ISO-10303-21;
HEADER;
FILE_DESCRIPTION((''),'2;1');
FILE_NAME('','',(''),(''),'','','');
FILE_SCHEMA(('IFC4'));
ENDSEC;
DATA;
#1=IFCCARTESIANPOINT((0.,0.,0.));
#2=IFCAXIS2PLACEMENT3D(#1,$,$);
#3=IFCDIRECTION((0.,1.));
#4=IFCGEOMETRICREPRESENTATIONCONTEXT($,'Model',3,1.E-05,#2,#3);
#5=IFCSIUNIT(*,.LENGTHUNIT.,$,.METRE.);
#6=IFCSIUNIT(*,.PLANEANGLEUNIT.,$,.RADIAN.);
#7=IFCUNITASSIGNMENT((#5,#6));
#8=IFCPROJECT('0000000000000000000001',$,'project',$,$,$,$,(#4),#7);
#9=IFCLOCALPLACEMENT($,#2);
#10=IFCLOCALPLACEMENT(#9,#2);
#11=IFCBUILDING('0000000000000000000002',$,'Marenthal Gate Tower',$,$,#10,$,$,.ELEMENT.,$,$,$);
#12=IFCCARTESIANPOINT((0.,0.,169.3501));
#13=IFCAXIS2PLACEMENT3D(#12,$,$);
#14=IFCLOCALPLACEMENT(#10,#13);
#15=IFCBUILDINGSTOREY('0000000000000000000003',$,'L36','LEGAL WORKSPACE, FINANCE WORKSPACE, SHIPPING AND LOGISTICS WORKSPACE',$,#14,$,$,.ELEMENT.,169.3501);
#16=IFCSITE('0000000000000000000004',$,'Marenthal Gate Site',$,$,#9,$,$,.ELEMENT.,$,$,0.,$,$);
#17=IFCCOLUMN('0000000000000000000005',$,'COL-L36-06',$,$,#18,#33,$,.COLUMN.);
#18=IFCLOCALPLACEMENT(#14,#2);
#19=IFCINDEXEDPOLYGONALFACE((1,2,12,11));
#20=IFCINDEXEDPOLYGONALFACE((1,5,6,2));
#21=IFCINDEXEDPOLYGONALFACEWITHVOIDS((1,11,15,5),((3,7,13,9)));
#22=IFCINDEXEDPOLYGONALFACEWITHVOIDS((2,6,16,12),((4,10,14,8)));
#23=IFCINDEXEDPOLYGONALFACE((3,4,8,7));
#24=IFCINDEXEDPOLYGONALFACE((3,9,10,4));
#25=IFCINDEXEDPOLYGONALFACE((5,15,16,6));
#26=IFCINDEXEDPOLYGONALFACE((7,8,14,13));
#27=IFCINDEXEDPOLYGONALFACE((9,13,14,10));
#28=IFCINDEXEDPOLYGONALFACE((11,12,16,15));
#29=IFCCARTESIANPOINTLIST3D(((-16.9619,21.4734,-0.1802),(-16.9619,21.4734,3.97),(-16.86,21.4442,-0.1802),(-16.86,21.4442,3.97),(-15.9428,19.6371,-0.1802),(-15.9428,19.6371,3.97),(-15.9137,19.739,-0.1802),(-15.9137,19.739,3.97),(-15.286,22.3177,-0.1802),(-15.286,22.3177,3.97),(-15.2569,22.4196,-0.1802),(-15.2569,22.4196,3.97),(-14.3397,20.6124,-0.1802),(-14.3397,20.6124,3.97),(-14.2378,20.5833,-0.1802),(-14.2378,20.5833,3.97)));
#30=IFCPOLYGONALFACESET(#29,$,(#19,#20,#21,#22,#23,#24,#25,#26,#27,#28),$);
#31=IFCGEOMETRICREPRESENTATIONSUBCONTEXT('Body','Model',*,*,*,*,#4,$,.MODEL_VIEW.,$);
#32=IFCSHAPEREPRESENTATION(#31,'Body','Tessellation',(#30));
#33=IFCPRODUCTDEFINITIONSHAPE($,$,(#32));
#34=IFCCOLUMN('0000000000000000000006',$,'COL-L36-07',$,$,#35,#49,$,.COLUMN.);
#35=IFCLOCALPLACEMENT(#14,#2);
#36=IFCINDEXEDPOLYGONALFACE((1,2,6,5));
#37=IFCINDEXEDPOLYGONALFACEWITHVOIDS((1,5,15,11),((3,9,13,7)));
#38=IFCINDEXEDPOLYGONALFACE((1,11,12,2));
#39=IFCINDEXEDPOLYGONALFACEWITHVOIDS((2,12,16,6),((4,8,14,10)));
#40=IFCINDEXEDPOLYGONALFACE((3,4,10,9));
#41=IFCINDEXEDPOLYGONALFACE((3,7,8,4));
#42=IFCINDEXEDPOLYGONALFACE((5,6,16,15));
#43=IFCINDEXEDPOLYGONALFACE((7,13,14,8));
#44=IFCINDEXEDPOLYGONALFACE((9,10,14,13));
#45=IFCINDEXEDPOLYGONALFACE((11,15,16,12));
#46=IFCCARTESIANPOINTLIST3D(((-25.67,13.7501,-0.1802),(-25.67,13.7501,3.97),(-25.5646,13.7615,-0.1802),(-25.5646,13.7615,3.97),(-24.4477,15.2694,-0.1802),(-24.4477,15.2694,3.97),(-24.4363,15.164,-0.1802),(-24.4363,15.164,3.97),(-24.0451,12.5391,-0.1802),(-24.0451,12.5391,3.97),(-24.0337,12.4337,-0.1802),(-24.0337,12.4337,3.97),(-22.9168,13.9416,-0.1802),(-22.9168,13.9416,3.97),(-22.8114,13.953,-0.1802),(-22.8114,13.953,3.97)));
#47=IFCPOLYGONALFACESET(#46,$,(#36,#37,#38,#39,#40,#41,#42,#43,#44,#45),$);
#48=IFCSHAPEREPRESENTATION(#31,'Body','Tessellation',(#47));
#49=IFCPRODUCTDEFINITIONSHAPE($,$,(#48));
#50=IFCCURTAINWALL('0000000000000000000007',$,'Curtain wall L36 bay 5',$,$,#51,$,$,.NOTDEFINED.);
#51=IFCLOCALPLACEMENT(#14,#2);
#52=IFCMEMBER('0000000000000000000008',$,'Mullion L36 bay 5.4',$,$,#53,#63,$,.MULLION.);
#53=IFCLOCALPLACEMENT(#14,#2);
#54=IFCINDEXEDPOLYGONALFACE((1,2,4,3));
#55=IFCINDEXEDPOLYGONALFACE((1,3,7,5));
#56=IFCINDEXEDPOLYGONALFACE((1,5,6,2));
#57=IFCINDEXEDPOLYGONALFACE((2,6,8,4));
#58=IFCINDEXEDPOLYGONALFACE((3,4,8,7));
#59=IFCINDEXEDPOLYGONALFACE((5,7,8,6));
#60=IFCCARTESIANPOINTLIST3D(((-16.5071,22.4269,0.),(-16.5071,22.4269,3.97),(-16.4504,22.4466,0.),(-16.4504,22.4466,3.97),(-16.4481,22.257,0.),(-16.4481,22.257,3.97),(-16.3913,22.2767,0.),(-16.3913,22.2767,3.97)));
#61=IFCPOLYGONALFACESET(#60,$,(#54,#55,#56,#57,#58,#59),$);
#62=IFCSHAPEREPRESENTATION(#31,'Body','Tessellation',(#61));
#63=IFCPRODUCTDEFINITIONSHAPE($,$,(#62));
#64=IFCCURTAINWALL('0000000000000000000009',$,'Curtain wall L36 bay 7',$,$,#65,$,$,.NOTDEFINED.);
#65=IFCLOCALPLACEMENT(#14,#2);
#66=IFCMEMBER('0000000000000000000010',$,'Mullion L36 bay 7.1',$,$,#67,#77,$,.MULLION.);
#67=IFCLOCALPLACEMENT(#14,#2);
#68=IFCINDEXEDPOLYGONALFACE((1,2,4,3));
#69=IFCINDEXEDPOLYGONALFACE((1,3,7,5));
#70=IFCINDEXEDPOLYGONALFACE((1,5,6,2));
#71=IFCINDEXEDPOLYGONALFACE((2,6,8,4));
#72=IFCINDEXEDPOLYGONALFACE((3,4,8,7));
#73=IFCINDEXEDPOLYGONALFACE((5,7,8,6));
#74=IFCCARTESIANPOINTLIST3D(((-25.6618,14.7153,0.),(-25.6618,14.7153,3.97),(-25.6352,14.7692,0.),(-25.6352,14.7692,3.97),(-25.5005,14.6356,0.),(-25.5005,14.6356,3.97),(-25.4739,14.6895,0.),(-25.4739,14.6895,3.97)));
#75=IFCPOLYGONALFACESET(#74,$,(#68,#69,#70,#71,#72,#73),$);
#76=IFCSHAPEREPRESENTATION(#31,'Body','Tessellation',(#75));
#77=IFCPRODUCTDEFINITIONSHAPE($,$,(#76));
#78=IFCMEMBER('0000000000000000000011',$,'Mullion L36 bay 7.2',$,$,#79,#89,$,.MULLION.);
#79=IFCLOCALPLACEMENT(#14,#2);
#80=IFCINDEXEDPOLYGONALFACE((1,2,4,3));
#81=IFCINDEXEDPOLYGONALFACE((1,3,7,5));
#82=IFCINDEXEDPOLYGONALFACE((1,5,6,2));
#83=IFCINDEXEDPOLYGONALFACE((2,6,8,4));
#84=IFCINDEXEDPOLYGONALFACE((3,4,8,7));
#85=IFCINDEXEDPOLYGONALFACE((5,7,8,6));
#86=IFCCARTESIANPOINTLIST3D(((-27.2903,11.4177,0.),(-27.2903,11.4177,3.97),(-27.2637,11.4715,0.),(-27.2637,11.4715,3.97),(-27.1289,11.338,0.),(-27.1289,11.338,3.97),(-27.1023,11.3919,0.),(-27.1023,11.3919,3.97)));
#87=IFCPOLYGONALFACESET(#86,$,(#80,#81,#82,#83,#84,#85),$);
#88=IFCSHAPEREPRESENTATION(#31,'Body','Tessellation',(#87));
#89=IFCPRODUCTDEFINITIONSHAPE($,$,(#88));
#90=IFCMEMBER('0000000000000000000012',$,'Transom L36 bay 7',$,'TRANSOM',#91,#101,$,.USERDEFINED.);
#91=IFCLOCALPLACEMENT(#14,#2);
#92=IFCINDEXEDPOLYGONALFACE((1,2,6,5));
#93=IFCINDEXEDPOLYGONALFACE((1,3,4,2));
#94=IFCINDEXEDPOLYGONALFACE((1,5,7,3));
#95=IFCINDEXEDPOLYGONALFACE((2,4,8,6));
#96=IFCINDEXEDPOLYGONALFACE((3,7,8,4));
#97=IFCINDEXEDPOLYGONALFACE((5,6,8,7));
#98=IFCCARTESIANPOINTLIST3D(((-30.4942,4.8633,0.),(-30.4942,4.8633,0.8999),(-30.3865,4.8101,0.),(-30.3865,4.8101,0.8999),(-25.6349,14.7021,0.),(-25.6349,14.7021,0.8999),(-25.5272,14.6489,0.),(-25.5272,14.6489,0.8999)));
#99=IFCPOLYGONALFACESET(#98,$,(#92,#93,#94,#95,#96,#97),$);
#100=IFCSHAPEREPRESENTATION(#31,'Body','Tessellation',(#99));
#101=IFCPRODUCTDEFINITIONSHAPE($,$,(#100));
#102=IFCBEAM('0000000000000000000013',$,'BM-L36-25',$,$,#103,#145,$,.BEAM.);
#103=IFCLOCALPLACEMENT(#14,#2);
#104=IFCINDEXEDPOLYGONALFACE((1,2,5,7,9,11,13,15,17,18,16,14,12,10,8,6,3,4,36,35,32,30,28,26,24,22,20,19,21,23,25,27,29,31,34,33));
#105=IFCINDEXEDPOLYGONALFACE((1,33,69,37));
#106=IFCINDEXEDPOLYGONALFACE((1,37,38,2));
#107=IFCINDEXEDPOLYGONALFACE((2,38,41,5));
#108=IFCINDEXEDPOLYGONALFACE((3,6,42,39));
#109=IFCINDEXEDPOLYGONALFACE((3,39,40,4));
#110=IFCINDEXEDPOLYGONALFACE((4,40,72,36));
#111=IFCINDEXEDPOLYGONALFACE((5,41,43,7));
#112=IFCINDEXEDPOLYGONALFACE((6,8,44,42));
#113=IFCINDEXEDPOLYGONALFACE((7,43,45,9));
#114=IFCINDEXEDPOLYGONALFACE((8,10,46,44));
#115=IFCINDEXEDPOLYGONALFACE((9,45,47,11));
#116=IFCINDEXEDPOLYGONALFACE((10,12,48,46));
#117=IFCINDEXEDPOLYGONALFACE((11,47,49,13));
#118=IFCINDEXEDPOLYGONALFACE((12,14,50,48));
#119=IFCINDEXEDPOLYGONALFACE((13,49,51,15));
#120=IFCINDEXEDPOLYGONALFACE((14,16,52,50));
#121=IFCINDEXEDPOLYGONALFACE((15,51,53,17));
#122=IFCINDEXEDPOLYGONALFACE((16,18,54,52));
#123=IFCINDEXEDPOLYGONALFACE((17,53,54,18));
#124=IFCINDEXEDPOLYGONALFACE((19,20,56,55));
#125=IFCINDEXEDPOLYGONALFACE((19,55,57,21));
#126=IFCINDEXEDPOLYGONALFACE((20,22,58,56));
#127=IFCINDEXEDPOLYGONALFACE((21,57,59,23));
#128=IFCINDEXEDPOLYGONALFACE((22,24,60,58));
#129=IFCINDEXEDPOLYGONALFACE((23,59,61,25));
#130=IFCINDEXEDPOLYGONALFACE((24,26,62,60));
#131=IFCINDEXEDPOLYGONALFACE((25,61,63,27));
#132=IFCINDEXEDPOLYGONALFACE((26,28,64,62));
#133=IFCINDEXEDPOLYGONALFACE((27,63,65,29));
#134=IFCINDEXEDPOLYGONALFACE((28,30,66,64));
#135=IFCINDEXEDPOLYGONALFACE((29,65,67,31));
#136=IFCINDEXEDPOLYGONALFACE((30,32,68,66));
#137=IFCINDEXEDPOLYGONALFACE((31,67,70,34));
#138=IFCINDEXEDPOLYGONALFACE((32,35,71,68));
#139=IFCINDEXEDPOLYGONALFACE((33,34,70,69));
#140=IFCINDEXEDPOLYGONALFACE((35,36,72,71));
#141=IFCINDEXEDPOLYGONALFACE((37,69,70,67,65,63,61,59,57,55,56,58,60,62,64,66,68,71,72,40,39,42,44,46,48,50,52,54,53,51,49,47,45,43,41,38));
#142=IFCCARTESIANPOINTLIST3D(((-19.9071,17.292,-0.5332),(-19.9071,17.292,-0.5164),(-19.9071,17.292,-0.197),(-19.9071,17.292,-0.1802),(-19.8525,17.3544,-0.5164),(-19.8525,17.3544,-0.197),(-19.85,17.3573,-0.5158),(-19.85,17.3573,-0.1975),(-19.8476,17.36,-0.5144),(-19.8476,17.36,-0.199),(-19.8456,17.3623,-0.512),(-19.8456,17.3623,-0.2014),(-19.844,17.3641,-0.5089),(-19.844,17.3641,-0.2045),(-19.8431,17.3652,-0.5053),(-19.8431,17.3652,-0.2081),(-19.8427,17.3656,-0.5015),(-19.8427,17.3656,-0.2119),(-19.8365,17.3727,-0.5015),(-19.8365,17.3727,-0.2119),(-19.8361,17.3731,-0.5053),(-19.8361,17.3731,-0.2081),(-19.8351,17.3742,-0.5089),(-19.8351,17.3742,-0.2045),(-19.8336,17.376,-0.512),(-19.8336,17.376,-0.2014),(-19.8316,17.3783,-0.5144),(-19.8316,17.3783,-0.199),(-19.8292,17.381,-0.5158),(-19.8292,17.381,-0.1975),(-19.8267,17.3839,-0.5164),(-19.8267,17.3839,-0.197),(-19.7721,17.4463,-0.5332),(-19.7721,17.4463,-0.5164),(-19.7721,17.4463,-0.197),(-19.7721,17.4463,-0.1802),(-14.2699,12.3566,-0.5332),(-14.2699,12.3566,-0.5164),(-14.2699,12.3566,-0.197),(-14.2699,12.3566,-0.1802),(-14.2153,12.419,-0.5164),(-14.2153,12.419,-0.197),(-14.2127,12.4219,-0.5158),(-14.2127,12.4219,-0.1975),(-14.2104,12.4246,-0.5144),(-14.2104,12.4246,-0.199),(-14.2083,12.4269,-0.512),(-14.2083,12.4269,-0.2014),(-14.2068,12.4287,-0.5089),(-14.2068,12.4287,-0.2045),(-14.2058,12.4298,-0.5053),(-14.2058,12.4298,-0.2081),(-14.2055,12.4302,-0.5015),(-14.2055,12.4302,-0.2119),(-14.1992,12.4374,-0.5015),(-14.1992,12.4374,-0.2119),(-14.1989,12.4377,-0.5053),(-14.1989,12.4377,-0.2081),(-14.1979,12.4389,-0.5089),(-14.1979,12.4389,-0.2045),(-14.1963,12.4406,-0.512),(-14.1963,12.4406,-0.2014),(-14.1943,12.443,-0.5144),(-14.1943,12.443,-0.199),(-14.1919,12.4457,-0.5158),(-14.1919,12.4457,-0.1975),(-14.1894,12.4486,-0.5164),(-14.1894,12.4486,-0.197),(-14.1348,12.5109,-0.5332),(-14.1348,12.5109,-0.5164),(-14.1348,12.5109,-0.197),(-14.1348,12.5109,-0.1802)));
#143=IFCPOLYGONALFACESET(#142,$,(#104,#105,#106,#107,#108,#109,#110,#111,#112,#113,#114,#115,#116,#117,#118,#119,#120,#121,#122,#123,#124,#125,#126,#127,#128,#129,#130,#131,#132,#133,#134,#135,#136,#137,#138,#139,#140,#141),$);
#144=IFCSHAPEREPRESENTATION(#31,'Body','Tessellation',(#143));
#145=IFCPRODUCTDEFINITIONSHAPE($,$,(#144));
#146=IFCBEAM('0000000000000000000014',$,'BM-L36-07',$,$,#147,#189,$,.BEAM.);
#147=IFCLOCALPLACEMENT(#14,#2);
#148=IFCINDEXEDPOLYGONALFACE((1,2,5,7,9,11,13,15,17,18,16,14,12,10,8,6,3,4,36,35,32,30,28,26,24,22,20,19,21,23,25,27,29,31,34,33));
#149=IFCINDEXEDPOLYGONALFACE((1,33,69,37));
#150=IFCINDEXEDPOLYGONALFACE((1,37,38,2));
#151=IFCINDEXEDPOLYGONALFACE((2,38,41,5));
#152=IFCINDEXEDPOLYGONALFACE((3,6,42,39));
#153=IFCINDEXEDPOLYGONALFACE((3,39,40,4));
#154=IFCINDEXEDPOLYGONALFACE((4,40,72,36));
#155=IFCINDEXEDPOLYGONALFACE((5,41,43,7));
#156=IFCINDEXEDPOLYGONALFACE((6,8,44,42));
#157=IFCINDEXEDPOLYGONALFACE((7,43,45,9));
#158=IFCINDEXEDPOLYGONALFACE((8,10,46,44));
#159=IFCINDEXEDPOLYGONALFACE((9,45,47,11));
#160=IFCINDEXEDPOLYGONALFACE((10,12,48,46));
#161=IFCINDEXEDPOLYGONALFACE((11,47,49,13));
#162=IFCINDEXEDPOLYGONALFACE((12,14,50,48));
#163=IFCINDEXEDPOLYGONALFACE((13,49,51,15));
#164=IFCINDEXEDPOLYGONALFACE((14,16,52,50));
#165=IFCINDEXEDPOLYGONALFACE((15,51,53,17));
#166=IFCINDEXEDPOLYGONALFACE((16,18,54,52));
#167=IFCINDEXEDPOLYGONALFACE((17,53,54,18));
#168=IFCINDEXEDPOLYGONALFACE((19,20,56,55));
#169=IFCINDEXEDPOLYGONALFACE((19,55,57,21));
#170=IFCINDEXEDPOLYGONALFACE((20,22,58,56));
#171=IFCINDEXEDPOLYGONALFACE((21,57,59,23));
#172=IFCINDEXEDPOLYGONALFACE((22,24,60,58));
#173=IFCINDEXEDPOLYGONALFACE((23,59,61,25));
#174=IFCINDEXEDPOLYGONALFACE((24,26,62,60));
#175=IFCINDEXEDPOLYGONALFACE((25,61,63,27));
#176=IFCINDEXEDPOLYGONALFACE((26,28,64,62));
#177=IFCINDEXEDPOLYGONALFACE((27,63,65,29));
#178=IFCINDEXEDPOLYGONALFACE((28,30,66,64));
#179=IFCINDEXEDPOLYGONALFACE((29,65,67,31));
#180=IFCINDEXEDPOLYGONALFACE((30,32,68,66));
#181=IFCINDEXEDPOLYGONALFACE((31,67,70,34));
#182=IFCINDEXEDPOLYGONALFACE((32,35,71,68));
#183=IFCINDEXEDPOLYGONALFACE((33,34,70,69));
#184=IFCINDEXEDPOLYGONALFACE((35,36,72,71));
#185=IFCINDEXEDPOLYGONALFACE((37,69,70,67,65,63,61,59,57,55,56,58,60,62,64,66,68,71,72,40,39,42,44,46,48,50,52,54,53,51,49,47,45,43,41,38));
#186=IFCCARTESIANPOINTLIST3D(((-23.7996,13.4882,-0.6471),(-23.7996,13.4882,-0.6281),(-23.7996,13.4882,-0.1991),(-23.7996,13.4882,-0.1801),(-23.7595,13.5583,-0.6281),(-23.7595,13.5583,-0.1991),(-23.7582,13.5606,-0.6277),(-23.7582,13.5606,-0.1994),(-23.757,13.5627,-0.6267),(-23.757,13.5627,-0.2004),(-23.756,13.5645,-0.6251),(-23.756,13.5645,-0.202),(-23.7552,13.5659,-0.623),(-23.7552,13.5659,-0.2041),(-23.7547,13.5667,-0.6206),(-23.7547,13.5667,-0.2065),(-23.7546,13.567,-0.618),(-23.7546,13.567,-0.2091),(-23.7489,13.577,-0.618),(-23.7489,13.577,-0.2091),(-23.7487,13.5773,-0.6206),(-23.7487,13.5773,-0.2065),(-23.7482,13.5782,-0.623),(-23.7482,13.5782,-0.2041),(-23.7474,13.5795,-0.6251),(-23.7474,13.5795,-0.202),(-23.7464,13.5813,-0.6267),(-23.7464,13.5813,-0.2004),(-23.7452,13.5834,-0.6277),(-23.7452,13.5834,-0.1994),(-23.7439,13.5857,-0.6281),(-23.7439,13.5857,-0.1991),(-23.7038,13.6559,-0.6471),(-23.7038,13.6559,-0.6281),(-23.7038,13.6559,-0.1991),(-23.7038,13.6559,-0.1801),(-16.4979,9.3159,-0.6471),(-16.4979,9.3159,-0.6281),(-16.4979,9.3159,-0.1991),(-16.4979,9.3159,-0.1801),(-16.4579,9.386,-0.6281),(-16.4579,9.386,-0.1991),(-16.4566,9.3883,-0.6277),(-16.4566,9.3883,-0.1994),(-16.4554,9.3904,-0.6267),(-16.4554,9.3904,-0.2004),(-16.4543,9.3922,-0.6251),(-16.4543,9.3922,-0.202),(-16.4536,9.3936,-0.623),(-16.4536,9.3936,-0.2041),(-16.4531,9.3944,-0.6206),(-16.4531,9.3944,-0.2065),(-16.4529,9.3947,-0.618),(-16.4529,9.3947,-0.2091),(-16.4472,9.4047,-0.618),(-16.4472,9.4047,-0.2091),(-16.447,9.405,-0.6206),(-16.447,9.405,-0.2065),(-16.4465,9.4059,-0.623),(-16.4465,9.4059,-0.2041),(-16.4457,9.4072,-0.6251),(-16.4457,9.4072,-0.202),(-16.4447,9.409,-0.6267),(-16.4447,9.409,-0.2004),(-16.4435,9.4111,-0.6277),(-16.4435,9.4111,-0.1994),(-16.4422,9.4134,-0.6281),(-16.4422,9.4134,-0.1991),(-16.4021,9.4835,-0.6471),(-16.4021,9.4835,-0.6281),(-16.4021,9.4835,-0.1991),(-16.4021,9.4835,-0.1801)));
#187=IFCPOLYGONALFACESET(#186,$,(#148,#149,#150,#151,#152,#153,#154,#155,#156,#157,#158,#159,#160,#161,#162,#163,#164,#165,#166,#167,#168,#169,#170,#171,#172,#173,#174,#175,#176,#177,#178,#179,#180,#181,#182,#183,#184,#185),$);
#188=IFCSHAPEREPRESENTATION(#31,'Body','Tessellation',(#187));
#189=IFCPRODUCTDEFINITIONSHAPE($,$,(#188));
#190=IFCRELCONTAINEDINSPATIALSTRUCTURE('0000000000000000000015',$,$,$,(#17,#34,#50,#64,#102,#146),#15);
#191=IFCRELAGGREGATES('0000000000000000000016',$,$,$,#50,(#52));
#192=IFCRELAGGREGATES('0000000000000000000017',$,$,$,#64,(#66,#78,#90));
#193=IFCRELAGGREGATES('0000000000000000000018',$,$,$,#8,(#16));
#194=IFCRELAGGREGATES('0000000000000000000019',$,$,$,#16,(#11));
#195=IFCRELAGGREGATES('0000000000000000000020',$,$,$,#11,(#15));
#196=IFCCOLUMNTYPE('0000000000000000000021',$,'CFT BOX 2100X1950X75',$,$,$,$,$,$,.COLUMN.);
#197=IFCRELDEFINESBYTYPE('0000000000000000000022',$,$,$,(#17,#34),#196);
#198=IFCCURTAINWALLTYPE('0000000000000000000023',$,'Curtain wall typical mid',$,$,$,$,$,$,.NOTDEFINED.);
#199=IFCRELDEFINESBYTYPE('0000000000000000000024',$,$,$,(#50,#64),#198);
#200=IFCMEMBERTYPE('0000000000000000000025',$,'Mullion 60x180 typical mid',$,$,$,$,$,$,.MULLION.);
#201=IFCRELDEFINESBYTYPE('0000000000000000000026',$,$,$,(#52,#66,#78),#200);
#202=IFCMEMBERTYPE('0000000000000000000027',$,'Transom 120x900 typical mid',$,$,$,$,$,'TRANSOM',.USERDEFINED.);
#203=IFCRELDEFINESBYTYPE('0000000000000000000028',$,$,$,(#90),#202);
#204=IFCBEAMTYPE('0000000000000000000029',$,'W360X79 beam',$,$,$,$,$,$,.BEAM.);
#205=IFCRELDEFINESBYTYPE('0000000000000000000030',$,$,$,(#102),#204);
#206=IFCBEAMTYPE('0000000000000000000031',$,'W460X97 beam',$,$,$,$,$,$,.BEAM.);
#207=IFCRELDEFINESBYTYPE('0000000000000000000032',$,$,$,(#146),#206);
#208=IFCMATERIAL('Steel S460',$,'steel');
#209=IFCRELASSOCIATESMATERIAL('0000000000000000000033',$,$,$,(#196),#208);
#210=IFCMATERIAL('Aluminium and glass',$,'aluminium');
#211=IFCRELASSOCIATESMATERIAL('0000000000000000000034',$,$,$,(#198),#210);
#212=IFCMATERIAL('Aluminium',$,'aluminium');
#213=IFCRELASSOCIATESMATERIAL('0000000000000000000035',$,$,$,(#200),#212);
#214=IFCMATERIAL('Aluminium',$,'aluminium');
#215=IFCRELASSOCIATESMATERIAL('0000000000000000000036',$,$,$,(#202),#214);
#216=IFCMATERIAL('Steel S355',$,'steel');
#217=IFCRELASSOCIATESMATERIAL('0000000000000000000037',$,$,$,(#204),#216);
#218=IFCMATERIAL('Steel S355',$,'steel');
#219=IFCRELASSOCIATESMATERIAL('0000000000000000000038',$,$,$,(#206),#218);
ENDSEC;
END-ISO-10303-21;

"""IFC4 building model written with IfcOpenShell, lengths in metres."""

from ifc_helpers import new_model, si_unit, direction, frame, origin, origin_2d, place, context, subcontext, project, spatial, rectangle, hollow_rectangle, i_section, extrude, material, material_profile, profile_set, type_object, element, aggregate, save


model = new_model("IFC4")

# Units and contexts
model_context = context("Model", 3, precision=1e-05, world=origin(), true_north=direction((0.0, 1.0)))
body_context = subcontext(model_context, "Body", "Model", "MODEL_VIEW")
ifc_project = project(units=[si_unit("LENGTHUNIT", "METRE"), si_unit("PLANEANGLEUNIT", "RADIAN")], contexts=[model_context])

# Site, building, storey
site_placement = place(None, origin())
site = spatial("IfcSite", under=ifc_project, at=site_placement, Name="Marenthal Gate Site", CompositionType="ELEMENT", RefElevation=0.0)
building_placement = place(site_placement, origin())
building = spatial("IfcBuilding", under=site, at=building_placement, Name="Marenthal Gate Tower", CompositionType="ELEMENT")
storey_placement = place(building_placement, frame((0.0, 0.0, 169.3501)))
storey = spatial("IfcBuildingStorey", under=building, at=storey_placement, Name="L36", Description="LEGAL WORKSPACE, FINANCE WORKSPACE, SHIPPING AND LOGISTICS WORKSPACE", CompositionType="ELEMENT", Elevation=169.3501)

# Columns
ifc_material_1 = material(Name="Steel S460", Category="steel")
ifc_material_profile_1 = material_profile(ifc_material_1, hollow_rectangle(XDim=1.95, YDim=2.1001, WallThickness=0.075, at=origin_2d()), Name="CFT BOX 2100X1950X75")
ifc_material_2 = material(Name="Concrete 70 MPa", Category="concrete")
ifc_material_profile_2 = material_profile(ifc_material_2, rectangle(XDim=1.8, YDim=1.95, at=origin_2d()), Name="CFT BOX 2100X1950X75 INFILL")
ifc_profile_set_1 = profile_set([ifc_material_profile_1, ifc_material_profile_2], Name="Steel S460 shell, Concrete 70 MPa infill")
column_type = type_object("IfcColumnType", Name="CFT BOX 2100X1950X75", PredefinedType="COLUMN", material=ifc_profile_set_1)
for number, where, z_axis, x_axis, name in (
    (1, (-15.5999, 21.0283, -0.1802), (0.0, 0.0, 1.0), (0.87438, 0.485242, 0.0), "COL-L36-06"),
    (2, (-24.2407, 13.8516, -0.1802), (0.0, 0.0, 1.0), (0.626831, 0.779155, 0.0), "COL-L36-07"),
):
    element("IfcColumn", number, at=place(storey_placement, frame(where, z_axis=z_axis, x_axis=x_axis)), inside=storey, type_object=column_type, Name=name, PredefinedType="COLUMN", context=body_context, shape_type="SweptSolid", body=[
        extrude(hollow_rectangle(XDim=1.95, YDim=2.1001, WallThickness=0.075, at=origin_2d()), origin(), (0.0, 0.0, 1.0), 4.1501),
    ])

# Curtain wall, member
ifc_material_3 = material(Name="Aluminium and glass", Category="aluminium")
curtain_wall_type = type_object("IfcCurtainWallType", Name="Curtain wall typical mid", PredefinedType="NOTDEFINED", material=ifc_material_3)
curtain_wall_1_placement = place(storey_placement, origin())
curtain_wall_1 = element("IfcCurtainWall", 3, at=curtain_wall_1_placement, inside=storey, type_object=curtain_wall_type, Name="Curtain wall L36 bay 5", PredefinedType="NOTDEFINED")
ifc_material_4 = material(Name="Aluminium", Category="aluminium")
ifc_material_profile_3 = material_profile(ifc_material_4, rectangle(XDim=0.1799, YDim=0.0601, at=origin_2d()), Name="60x180 aluminium mullion")
ifc_profile_set_2 = profile_set([ifc_material_profile_3], Name="Aluminium")
member_type_1 = type_object("IfcMemberType", Name="Mullion 60x180 typical mid", PredefinedType="MULLION", material=ifc_profile_set_2)
member_1_placement = place(storey_placement, frame((-16.4492, 22.3518, 0.0), z_axis=(0.0, 0.0, 1.0), x_axis=(0.328158, -0.944623, 0.0)))
member_1 = element("IfcMember", 4, at=member_1_placement, type_object=member_type_1, Name="Mullion L36 bay 5.4", PredefinedType="MULLION", context=body_context, shape_type="SweptSolid", body=[
    extrude(rectangle(XDim=0.1799, YDim=0.0601, at=origin_2d()), origin(), (0.0, 0.0, 1.0), 3.97),
])
aggregate(curtain_wall_1, [member_1])

# Curtain wall, members
curtain_wall_2_placement = place(storey_placement, origin())
curtain_wall_2 = element("IfcCurtainWall", 5, at=curtain_wall_2_placement, inside=storey, type_object=curtain_wall_type, Name="Curtain wall L36 bay 7", PredefinedType="NOTDEFINED")
member_2_placement = place(storey_placement, frame((-25.5679, 14.7024, 0.0), z_axis=(0.0, 0.0, 1.0), x_axis=(0.896609, -0.442824, 0.0)))
member_2 = element("IfcMember", 6, at=member_2_placement, type_object=member_type_1, Name="Mullion L36 bay 7.1", PredefinedType="MULLION", context=body_context, shape_type="SweptSolid", body=[
    extrude(rectangle(XDim=0.1799, YDim=0.0601, at=origin_2d()), origin(), (0.0, 0.0, 1.0), 3.97),
])
member_3_placement = place(storey_placement, frame((-27.1963, 11.4048, 0.0), z_axis=(0.0, 0.0, 1.0), x_axis=(0.896609, -0.442824, 0.0)))
member_3 = element("IfcMember", 7, at=member_3_placement, type_object=member_type_1, Name="Mullion L36 bay 7.2", PredefinedType="MULLION", context=body_context, shape_type="SweptSolid", body=[
    extrude(rectangle(XDim=0.1799, YDim=0.0601, at=origin_2d()), origin(), (0.0, 0.0, 1.0), 3.97),
])
ifc_material_5 = material(Name="Aluminium", Category="aluminium")
ifc_material_profile_4 = material_profile(ifc_material_5, rectangle(XDim=0.1201, YDim=0.8999, at=origin_2d()), Name="120x900 aluminium transom")
ifc_profile_set_3 = profile_set([ifc_material_profile_4], Name="Aluminium")
member_type_2 = type_object("IfcMemberType", Name="Transom 120x900 typical mid", ElementType="TRANSOM", PredefinedType="USERDEFINED", material=ifc_profile_set_3)
member_4_placement = place(storey_placement, frame((-25.5811, 14.6755, 0.45), z_axis=(-0.44283, -0.896606, 0.0), x_axis=(0.896606, -0.44283, 0.0)))
member_4 = element("IfcMember", 8, at=member_4_placement, type_object=member_type_2, Name="Transom L36 bay 7", ObjectType="TRANSOM", PredefinedType="USERDEFINED", context=body_context, shape_type="SweptSolid", body=[
    extrude(rectangle(XDim=0.1201, YDim=0.8999, at=origin_2d()), origin(), (0.0, 0.0, 1.0), 10.9734),
])

# Beams
ifc_material_6 = material(Name="Steel S355", Category="steel")
ifc_material_profile_5 = material_profile(ifc_material_6, i_section(OverallWidth=0.2051, OverallDepth=0.353, WebThickness=0.0095, FlangeThickness=0.0168, FilletRadius=0.0149, at=origin_2d()), Name="W360X79")
ifc_profile_set_4 = profile_set([ifc_material_profile_5], Name="Steel S355")
beam_type_1 = type_object("IfcBeamType", Name="W360X79 beam", PredefinedType="BEAM", material=ifc_profile_set_4)
beam_1_placement = place(storey_placement, frame((-19.8396, 17.3691, -0.3567), z_axis=(0.752395, -0.658712, 0.0), x_axis=(0.658712, 0.752395, 0.0)))
element("IfcBeam", 9, at=beam_1_placement, inside=storey, type_object=beam_type_1, Name="BM-L36-25", PredefinedType="BEAM", context=body_context, shape_type="SweptSolid", body=[
    extrude(i_section(OverallWidth=0.2051, OverallDepth=0.353, WebThickness=0.0095, FlangeThickness=0.0168, FilletRadius=0.0149, at=origin_2d()), origin(), (0.0, 0.0, 1.0), 7.4924),
])
ifc_material_7 = material(Name="Steel S355", Category="steel")
ifc_material_profile_6 = material_profile(ifc_material_7, i_section(OverallWidth=0.1931, OverallDepth=0.467, WebThickness=0.0115, FlangeThickness=0.019, FilletRadius=0.01, at=origin_2d()), Name="W460X97")
ifc_profile_set_5 = profile_set([ifc_material_profile_6], Name="Steel S355")
beam_type_2 = type_object("IfcBeamType", Name="W460X97 beam", PredefinedType="BEAM", material=ifc_profile_set_5)
beam_2_placement = place(storey_placement, frame((-23.7517, 13.572, -0.4136), z_axis=(0.868247, -0.496133, 0.0), x_axis=(0.496133, 0.868247, 0.0)))
element("IfcBeam", 10, at=beam_2_placement, inside=storey, type_object=beam_type_2, Name="BM-L36-07", PredefinedType="BEAM", context=body_context, shape_type="SweptSolid", body=[
    extrude(i_section(OverallWidth=0.1931, OverallDepth=0.467, WebThickness=0.0115, FlangeThickness=0.019, FilletRadius=0.01, at=origin_2d()), origin(), (0.0, 0.0, 1.0), 8.4097),
])

aggregate(curtain_wall_2, [member_2, member_3, member_4])

save(model, "model.ifc")
